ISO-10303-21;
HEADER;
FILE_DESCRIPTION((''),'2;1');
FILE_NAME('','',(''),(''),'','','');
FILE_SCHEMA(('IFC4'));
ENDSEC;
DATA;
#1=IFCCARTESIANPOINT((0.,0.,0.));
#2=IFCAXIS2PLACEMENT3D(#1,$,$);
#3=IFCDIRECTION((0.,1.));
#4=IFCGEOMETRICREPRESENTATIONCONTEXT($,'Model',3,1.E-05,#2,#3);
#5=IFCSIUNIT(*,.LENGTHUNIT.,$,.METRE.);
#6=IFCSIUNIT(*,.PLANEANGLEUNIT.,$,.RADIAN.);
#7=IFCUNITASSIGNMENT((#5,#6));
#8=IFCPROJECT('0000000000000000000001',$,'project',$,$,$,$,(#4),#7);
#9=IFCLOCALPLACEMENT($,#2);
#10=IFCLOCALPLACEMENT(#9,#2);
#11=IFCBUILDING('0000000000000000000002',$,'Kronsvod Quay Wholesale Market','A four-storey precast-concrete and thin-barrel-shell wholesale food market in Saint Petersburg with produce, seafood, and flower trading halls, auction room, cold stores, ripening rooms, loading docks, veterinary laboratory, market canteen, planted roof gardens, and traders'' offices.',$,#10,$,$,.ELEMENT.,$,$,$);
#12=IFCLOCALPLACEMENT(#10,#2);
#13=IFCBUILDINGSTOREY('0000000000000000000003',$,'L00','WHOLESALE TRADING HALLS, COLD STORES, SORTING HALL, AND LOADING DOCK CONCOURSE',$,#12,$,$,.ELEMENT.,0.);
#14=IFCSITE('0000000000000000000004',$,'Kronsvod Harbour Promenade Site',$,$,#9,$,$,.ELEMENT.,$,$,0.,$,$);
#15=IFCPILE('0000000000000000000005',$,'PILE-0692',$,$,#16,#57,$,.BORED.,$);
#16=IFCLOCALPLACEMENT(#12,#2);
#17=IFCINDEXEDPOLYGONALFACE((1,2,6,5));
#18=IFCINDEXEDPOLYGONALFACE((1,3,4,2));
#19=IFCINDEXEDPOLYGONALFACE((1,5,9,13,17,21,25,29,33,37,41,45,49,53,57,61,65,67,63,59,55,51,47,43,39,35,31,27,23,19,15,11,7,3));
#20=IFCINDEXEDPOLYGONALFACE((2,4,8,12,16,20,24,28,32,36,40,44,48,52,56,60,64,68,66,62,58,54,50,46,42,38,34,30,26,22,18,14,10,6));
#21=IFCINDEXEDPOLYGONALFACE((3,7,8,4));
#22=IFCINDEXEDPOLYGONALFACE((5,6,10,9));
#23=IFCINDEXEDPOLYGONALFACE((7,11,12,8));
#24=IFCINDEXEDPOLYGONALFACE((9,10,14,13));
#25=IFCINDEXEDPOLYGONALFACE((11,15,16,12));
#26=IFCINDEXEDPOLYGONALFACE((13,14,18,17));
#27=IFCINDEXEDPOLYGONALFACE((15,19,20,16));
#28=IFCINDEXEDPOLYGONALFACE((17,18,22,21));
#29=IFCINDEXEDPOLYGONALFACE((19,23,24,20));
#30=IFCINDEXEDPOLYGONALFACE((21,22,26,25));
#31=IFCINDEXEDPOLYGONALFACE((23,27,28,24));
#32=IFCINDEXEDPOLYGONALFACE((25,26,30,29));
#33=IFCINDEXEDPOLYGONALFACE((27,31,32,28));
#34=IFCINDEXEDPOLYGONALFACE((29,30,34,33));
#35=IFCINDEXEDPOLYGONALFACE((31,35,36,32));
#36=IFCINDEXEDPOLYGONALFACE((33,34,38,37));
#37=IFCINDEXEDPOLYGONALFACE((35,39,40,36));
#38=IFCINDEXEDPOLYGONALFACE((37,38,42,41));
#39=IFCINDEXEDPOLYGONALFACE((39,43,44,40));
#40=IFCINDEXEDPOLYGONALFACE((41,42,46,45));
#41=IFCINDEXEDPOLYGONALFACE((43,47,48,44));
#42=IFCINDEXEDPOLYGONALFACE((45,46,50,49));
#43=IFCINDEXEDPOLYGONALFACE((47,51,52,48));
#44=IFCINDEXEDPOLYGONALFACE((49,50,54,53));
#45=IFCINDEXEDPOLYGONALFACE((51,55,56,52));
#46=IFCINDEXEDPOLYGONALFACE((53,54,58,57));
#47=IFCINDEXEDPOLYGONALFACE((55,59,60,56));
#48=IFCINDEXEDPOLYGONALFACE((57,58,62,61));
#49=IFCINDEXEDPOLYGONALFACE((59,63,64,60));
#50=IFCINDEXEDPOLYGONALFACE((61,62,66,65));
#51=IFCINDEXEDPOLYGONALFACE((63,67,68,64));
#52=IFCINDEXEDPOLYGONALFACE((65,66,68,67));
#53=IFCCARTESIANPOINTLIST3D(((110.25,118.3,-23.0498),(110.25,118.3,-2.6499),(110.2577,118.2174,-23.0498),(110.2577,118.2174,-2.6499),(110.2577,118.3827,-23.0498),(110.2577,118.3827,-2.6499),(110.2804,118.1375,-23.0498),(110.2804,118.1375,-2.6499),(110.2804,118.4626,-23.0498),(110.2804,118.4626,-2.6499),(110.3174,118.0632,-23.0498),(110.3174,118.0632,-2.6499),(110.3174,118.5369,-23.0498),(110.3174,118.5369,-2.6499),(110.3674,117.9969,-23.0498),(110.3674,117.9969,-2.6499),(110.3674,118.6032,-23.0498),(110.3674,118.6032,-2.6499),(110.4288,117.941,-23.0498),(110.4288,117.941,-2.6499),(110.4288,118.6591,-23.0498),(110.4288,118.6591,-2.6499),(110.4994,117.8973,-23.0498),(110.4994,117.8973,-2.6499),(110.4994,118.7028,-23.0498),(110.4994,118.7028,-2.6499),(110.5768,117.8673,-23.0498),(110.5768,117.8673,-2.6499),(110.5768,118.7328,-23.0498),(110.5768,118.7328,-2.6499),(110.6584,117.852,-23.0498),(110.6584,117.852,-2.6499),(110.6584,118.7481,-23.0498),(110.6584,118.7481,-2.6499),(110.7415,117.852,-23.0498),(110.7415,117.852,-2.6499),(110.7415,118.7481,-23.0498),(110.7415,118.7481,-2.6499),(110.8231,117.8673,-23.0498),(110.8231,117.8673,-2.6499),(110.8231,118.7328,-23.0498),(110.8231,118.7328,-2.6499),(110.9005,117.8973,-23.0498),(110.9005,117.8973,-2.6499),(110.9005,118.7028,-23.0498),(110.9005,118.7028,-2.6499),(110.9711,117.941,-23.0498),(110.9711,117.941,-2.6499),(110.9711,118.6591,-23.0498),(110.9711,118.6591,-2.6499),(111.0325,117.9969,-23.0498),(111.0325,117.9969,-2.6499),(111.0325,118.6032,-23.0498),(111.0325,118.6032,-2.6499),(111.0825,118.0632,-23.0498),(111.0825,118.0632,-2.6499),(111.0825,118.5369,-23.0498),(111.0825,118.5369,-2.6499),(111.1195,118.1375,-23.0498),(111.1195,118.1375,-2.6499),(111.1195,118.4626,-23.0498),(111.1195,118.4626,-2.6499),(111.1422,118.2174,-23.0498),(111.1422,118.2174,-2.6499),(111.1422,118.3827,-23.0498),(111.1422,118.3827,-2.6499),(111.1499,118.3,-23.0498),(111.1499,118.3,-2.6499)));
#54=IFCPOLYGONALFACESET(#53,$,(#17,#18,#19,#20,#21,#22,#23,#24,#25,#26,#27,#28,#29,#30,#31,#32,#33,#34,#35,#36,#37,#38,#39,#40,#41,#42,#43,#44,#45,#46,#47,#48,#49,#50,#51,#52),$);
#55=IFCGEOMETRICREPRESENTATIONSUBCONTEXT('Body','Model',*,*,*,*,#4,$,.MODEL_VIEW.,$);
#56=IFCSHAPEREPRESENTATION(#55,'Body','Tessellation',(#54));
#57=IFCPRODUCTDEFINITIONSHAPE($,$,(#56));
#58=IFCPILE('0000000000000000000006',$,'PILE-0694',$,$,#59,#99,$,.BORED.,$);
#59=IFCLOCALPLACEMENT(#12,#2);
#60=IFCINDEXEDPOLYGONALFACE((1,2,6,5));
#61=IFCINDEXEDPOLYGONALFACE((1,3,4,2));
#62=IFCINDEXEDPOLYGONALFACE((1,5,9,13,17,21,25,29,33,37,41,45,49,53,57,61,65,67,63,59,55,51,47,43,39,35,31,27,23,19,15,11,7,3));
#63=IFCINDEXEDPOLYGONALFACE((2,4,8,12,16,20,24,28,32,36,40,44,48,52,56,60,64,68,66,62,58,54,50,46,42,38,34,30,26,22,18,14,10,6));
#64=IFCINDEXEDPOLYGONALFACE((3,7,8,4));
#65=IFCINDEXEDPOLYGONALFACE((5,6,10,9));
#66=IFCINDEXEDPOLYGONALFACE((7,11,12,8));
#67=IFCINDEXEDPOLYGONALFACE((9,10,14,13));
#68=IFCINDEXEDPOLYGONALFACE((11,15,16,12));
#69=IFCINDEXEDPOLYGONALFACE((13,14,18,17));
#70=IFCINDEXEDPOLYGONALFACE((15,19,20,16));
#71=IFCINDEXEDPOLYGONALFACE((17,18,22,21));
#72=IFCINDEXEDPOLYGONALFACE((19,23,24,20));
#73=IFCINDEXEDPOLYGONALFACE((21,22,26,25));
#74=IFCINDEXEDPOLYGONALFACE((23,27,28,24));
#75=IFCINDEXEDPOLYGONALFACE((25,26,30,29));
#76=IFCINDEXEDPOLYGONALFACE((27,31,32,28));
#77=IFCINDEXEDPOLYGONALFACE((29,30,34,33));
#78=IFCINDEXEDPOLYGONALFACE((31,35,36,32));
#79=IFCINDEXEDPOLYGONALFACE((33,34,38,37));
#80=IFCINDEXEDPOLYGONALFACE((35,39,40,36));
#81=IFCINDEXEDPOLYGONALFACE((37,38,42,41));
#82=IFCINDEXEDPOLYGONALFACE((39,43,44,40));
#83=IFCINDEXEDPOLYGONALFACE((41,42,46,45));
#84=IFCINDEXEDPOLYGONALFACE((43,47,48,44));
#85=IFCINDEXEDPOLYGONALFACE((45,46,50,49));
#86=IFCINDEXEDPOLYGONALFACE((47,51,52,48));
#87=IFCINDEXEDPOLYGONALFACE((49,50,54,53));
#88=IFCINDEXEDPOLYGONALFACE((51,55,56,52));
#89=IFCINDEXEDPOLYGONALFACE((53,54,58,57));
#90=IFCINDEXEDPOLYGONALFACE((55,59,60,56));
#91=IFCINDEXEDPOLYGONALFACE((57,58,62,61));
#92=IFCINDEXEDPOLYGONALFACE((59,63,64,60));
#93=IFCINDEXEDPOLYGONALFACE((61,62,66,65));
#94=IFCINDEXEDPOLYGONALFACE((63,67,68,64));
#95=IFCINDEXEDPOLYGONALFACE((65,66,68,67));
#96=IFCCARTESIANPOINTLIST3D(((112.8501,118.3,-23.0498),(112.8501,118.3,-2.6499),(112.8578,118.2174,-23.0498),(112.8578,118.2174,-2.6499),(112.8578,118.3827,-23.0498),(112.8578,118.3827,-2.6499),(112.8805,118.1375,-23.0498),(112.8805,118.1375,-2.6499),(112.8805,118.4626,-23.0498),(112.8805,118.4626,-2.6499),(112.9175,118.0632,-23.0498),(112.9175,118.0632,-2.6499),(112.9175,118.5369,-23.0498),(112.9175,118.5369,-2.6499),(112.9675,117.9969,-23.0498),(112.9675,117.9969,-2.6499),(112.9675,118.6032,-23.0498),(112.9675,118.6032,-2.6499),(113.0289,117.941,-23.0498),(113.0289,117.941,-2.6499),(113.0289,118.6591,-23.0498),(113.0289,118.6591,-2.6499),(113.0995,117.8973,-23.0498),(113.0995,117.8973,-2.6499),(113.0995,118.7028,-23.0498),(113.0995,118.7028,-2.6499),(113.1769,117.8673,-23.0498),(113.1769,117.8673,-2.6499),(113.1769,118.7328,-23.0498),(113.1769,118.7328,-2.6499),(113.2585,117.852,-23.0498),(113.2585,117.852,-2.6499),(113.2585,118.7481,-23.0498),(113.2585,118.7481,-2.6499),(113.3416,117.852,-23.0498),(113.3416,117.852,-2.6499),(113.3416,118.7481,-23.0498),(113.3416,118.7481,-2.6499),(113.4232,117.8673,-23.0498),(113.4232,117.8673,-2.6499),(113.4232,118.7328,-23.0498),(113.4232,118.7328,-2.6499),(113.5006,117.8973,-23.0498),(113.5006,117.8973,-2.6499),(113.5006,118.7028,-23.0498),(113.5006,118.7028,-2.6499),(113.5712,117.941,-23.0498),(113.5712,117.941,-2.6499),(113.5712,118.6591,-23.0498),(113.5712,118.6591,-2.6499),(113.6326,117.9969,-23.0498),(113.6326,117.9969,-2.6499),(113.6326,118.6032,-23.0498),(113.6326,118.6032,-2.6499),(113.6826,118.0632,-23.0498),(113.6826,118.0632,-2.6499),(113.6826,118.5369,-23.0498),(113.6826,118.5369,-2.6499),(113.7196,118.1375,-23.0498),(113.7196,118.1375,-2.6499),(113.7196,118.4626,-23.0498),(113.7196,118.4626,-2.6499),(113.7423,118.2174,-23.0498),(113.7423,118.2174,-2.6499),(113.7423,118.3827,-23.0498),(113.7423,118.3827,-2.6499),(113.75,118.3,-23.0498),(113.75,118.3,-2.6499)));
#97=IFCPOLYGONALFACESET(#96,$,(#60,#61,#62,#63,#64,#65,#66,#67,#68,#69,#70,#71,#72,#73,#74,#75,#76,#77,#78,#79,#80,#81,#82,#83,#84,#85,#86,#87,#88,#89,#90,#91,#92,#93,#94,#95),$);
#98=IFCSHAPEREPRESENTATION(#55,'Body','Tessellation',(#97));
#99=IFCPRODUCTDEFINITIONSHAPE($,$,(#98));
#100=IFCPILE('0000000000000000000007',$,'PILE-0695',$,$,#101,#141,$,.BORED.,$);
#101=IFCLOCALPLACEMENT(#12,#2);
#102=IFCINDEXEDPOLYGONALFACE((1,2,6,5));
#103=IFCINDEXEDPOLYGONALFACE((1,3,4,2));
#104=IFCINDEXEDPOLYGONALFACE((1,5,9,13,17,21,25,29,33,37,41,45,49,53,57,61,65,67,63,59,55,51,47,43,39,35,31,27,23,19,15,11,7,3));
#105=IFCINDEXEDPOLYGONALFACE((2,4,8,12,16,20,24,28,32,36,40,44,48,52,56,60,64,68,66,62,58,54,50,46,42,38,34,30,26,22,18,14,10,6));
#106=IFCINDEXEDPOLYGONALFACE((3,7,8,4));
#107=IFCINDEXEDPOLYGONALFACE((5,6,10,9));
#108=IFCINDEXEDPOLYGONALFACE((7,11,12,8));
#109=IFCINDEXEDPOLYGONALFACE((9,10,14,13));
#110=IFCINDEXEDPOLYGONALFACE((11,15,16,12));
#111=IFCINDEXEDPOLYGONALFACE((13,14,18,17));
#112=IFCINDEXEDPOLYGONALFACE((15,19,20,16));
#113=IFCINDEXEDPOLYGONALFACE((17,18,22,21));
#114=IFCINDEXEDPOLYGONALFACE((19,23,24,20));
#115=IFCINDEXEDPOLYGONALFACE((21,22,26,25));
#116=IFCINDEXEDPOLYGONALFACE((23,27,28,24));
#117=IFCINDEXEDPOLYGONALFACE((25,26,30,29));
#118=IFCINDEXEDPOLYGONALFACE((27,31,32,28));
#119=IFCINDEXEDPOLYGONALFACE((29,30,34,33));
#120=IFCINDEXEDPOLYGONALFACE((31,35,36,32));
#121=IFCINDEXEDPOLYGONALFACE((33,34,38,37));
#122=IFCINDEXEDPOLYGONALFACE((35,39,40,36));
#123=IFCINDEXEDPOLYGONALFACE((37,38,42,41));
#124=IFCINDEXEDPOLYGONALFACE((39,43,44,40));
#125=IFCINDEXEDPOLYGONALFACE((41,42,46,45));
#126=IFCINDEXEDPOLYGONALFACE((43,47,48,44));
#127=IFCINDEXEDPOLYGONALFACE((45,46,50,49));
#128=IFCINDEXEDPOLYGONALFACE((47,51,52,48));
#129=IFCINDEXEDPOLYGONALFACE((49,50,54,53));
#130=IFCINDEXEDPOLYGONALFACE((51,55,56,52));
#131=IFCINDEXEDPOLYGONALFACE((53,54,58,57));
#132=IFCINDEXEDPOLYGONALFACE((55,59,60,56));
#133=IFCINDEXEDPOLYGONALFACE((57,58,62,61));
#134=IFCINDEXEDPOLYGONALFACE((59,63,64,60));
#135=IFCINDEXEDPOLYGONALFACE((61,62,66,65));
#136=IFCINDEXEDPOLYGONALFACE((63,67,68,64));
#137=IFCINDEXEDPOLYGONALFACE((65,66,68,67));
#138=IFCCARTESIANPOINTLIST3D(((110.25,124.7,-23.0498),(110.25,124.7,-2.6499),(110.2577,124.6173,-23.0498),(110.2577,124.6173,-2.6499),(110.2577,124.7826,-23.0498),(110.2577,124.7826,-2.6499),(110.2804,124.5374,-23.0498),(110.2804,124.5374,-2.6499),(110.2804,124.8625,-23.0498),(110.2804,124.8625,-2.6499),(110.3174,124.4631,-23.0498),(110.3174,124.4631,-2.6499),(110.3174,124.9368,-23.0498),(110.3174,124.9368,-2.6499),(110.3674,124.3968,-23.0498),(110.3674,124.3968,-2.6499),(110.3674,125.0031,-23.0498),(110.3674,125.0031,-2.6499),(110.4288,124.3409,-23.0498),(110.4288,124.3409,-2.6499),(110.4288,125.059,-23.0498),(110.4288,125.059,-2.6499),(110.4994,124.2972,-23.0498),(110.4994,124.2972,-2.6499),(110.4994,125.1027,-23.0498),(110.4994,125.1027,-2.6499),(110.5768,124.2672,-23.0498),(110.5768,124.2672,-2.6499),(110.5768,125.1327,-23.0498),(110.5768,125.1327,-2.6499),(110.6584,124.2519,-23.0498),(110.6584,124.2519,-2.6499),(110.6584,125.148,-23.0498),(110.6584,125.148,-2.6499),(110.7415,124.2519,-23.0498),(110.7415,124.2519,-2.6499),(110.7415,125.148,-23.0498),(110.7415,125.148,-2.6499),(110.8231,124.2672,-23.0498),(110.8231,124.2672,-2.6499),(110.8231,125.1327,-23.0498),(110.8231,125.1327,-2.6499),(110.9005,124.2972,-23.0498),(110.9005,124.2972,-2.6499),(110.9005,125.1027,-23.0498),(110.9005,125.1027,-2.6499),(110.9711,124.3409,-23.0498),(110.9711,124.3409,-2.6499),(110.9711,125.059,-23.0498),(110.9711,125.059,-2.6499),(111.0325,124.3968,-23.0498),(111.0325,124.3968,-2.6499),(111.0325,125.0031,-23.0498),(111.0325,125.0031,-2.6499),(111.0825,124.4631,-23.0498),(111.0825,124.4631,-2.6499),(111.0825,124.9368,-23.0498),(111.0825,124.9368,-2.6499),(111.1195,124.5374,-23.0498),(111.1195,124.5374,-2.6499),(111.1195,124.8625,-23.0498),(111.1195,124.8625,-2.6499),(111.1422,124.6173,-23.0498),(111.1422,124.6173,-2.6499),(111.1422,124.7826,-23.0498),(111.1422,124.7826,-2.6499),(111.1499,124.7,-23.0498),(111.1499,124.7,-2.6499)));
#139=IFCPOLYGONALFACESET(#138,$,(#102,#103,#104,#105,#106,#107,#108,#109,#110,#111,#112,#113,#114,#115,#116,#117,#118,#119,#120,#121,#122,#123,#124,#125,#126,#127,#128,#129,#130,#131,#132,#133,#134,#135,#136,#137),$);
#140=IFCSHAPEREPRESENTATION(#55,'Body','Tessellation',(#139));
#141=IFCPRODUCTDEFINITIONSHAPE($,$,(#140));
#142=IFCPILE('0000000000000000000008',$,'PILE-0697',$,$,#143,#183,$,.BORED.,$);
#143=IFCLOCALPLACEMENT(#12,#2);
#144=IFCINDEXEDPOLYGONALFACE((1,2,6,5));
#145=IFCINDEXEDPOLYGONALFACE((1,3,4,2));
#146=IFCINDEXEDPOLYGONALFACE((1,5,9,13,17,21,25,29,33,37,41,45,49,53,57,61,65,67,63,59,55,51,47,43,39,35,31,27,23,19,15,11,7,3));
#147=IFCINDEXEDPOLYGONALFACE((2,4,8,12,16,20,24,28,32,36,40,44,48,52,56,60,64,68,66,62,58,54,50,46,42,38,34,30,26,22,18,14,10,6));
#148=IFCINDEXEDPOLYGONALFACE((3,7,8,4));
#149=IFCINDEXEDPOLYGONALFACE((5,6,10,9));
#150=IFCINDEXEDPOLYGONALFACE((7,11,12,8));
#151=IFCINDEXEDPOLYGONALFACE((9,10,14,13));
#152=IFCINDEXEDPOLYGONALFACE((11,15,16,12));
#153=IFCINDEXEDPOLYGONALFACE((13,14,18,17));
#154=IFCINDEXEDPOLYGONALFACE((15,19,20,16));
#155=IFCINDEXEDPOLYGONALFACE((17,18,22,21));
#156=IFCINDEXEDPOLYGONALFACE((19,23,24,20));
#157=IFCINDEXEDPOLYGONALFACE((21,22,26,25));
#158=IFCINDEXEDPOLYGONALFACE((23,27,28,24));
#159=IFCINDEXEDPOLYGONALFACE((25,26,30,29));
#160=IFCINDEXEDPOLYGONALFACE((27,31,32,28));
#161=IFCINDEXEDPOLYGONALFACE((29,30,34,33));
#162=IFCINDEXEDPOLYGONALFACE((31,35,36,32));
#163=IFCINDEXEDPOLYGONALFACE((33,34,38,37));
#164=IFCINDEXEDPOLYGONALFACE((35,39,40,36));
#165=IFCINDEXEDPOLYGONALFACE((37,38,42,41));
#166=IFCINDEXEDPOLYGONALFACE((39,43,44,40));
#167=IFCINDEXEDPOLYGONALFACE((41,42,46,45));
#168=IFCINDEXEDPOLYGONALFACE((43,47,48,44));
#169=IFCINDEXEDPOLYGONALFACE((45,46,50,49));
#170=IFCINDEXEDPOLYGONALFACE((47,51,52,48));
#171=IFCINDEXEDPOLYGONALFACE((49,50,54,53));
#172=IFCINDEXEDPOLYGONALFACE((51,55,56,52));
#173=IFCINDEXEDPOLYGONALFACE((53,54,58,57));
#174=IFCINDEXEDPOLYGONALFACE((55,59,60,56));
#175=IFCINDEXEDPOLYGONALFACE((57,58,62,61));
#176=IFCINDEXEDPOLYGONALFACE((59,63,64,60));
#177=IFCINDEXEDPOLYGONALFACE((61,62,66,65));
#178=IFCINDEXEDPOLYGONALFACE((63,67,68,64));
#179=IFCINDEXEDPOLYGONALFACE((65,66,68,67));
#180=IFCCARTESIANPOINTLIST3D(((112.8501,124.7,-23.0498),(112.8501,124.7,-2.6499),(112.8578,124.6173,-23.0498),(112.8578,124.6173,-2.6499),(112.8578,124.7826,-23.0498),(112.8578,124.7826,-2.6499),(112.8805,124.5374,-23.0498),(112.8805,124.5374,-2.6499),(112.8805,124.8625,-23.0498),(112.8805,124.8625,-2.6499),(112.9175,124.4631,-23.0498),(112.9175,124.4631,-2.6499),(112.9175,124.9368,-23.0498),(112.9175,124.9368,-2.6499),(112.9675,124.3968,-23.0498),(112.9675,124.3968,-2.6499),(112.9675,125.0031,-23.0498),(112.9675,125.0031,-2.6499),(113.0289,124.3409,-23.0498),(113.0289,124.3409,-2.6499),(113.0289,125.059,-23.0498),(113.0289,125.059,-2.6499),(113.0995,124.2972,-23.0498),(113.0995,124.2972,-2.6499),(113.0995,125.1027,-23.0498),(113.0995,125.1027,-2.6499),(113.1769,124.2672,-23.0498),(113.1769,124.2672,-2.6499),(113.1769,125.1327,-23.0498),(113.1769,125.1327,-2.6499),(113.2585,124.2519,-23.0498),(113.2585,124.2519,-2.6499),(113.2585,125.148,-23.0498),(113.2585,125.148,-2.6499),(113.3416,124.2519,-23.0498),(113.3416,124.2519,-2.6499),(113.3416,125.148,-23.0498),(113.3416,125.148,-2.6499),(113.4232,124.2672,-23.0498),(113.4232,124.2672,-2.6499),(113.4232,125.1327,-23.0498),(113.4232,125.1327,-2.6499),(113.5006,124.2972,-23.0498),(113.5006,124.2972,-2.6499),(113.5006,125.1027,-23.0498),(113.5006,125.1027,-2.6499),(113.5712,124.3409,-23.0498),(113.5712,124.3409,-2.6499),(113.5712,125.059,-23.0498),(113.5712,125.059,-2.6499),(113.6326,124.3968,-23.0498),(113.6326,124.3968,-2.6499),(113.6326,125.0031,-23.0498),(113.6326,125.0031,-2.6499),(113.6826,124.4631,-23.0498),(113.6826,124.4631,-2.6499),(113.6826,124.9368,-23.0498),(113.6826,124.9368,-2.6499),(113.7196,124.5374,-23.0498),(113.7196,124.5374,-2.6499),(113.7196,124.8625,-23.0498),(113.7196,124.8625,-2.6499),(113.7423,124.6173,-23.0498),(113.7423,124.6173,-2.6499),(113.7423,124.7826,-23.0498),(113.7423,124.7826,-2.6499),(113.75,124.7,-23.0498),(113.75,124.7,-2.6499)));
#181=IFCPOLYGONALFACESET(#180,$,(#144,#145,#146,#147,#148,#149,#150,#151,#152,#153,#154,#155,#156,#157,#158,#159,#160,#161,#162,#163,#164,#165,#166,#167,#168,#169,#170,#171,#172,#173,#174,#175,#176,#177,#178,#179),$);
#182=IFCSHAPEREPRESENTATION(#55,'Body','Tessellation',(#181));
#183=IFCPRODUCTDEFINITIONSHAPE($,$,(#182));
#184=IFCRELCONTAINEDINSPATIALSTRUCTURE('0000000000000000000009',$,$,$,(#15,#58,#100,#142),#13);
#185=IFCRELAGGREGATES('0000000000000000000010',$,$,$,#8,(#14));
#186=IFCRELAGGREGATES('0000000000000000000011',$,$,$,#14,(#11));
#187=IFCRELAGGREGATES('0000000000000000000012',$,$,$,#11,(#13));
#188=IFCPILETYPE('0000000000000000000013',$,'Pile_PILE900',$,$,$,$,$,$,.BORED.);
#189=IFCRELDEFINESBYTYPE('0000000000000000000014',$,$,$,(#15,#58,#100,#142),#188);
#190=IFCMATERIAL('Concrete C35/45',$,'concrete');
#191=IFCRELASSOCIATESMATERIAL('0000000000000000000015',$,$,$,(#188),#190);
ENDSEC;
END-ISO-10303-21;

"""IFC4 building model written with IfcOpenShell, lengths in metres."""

from ifc_helpers import new_model, si_unit, direction, frame, origin, origin_2d, place, context, subcontext, project, spatial, circle, extrude, material, material_profile, profile_set, type_object, element, save


model = new_model("IFC4")

# Units and contexts
model_context = context("Model", 3, precision=1e-05, world=origin(), true_north=direction((0.0, 1.0)))
body_context = subcontext(model_context, "Body", "Model", "MODEL_VIEW")
ifc_project = project(units=[si_unit("LENGTHUNIT", "METRE"), si_unit("PLANEANGLEUNIT", "RADIAN")], contexts=[model_context])

# Site, building, storey
site_placement = place(None, origin())
site = spatial("IfcSite", under=ifc_project, at=site_placement, Name="Kronsvod Harbour Promenade Site", CompositionType="ELEMENT", RefElevation=0.0)
building_placement = place(site_placement, origin())
building = spatial("IfcBuilding", under=site, at=building_placement, Name="Kronsvod Quay Wholesale Market", Description="A four-storey precast-concrete and thin-barrel-shell wholesale food market in Saint Petersburg with produce, seafood, and flower trading halls, auction room, cold stores, ripening rooms, loading docks, veterinary laboratory, market canteen, planted roof gardens, and traders' offices.", CompositionType="ELEMENT")
storey_placement = place(building_placement, origin())
storey = spatial("IfcBuildingStorey", under=building, at=storey_placement, Name="L00", Description="WHOLESALE TRADING HALLS, COLD STORES, SORTING HALL, AND LOADING DOCK CONCOURSE", CompositionType="ELEMENT", Elevation=0.0)

# Piles
ifc_material_1 = material(Name="Concrete C35/45", Category="concrete")
ifc_material_profile_1 = material_profile(ifc_material_1, circle(Radius=0.45, at=origin_2d()), Name="PILE900")
ifc_profile_set_1 = profile_set([ifc_material_profile_1], Name="Concrete C35/45")
pile_type = type_object("IfcPileType", Name="Pile_PILE900", PredefinedType="BORED", material=ifc_profile_set_1)
for number, where, z_axis, x_axis, name in (
    (1, (110.7, 118.3, -2.6499), (0.0, 0.0, -1.0), (1.0, 0.0, 0.0), "PILE-0692"),
    (2, (113.3, 118.3, -2.6499), (0.0, 0.0, -1.0), (1.0, 0.0, 0.0), "PILE-0694"),
    (3, (110.7, 124.7, -2.6499), (0.0, 0.0, -1.0), (1.0, 0.0, 0.0), "PILE-0695"),
    (4, (113.3, 124.7, -2.6499), (0.0, 0.0, -1.0), (1.0, 0.0, 0.0), "PILE-0697"),
):
    element("IfcPile", number, at=place(storey_placement, frame(where, z_axis=z_axis, x_axis=x_axis)), inside=storey, type_object=pile_type, Name=name, PredefinedType="BORED", context=body_context, shape_type="SweptSolid", body=[
        extrude(circle(Radius=0.45, at=origin_2d()), origin(), (0.0, 0.0, 1.0), 20.3999),
    ])

save(model, "model.ifc")
